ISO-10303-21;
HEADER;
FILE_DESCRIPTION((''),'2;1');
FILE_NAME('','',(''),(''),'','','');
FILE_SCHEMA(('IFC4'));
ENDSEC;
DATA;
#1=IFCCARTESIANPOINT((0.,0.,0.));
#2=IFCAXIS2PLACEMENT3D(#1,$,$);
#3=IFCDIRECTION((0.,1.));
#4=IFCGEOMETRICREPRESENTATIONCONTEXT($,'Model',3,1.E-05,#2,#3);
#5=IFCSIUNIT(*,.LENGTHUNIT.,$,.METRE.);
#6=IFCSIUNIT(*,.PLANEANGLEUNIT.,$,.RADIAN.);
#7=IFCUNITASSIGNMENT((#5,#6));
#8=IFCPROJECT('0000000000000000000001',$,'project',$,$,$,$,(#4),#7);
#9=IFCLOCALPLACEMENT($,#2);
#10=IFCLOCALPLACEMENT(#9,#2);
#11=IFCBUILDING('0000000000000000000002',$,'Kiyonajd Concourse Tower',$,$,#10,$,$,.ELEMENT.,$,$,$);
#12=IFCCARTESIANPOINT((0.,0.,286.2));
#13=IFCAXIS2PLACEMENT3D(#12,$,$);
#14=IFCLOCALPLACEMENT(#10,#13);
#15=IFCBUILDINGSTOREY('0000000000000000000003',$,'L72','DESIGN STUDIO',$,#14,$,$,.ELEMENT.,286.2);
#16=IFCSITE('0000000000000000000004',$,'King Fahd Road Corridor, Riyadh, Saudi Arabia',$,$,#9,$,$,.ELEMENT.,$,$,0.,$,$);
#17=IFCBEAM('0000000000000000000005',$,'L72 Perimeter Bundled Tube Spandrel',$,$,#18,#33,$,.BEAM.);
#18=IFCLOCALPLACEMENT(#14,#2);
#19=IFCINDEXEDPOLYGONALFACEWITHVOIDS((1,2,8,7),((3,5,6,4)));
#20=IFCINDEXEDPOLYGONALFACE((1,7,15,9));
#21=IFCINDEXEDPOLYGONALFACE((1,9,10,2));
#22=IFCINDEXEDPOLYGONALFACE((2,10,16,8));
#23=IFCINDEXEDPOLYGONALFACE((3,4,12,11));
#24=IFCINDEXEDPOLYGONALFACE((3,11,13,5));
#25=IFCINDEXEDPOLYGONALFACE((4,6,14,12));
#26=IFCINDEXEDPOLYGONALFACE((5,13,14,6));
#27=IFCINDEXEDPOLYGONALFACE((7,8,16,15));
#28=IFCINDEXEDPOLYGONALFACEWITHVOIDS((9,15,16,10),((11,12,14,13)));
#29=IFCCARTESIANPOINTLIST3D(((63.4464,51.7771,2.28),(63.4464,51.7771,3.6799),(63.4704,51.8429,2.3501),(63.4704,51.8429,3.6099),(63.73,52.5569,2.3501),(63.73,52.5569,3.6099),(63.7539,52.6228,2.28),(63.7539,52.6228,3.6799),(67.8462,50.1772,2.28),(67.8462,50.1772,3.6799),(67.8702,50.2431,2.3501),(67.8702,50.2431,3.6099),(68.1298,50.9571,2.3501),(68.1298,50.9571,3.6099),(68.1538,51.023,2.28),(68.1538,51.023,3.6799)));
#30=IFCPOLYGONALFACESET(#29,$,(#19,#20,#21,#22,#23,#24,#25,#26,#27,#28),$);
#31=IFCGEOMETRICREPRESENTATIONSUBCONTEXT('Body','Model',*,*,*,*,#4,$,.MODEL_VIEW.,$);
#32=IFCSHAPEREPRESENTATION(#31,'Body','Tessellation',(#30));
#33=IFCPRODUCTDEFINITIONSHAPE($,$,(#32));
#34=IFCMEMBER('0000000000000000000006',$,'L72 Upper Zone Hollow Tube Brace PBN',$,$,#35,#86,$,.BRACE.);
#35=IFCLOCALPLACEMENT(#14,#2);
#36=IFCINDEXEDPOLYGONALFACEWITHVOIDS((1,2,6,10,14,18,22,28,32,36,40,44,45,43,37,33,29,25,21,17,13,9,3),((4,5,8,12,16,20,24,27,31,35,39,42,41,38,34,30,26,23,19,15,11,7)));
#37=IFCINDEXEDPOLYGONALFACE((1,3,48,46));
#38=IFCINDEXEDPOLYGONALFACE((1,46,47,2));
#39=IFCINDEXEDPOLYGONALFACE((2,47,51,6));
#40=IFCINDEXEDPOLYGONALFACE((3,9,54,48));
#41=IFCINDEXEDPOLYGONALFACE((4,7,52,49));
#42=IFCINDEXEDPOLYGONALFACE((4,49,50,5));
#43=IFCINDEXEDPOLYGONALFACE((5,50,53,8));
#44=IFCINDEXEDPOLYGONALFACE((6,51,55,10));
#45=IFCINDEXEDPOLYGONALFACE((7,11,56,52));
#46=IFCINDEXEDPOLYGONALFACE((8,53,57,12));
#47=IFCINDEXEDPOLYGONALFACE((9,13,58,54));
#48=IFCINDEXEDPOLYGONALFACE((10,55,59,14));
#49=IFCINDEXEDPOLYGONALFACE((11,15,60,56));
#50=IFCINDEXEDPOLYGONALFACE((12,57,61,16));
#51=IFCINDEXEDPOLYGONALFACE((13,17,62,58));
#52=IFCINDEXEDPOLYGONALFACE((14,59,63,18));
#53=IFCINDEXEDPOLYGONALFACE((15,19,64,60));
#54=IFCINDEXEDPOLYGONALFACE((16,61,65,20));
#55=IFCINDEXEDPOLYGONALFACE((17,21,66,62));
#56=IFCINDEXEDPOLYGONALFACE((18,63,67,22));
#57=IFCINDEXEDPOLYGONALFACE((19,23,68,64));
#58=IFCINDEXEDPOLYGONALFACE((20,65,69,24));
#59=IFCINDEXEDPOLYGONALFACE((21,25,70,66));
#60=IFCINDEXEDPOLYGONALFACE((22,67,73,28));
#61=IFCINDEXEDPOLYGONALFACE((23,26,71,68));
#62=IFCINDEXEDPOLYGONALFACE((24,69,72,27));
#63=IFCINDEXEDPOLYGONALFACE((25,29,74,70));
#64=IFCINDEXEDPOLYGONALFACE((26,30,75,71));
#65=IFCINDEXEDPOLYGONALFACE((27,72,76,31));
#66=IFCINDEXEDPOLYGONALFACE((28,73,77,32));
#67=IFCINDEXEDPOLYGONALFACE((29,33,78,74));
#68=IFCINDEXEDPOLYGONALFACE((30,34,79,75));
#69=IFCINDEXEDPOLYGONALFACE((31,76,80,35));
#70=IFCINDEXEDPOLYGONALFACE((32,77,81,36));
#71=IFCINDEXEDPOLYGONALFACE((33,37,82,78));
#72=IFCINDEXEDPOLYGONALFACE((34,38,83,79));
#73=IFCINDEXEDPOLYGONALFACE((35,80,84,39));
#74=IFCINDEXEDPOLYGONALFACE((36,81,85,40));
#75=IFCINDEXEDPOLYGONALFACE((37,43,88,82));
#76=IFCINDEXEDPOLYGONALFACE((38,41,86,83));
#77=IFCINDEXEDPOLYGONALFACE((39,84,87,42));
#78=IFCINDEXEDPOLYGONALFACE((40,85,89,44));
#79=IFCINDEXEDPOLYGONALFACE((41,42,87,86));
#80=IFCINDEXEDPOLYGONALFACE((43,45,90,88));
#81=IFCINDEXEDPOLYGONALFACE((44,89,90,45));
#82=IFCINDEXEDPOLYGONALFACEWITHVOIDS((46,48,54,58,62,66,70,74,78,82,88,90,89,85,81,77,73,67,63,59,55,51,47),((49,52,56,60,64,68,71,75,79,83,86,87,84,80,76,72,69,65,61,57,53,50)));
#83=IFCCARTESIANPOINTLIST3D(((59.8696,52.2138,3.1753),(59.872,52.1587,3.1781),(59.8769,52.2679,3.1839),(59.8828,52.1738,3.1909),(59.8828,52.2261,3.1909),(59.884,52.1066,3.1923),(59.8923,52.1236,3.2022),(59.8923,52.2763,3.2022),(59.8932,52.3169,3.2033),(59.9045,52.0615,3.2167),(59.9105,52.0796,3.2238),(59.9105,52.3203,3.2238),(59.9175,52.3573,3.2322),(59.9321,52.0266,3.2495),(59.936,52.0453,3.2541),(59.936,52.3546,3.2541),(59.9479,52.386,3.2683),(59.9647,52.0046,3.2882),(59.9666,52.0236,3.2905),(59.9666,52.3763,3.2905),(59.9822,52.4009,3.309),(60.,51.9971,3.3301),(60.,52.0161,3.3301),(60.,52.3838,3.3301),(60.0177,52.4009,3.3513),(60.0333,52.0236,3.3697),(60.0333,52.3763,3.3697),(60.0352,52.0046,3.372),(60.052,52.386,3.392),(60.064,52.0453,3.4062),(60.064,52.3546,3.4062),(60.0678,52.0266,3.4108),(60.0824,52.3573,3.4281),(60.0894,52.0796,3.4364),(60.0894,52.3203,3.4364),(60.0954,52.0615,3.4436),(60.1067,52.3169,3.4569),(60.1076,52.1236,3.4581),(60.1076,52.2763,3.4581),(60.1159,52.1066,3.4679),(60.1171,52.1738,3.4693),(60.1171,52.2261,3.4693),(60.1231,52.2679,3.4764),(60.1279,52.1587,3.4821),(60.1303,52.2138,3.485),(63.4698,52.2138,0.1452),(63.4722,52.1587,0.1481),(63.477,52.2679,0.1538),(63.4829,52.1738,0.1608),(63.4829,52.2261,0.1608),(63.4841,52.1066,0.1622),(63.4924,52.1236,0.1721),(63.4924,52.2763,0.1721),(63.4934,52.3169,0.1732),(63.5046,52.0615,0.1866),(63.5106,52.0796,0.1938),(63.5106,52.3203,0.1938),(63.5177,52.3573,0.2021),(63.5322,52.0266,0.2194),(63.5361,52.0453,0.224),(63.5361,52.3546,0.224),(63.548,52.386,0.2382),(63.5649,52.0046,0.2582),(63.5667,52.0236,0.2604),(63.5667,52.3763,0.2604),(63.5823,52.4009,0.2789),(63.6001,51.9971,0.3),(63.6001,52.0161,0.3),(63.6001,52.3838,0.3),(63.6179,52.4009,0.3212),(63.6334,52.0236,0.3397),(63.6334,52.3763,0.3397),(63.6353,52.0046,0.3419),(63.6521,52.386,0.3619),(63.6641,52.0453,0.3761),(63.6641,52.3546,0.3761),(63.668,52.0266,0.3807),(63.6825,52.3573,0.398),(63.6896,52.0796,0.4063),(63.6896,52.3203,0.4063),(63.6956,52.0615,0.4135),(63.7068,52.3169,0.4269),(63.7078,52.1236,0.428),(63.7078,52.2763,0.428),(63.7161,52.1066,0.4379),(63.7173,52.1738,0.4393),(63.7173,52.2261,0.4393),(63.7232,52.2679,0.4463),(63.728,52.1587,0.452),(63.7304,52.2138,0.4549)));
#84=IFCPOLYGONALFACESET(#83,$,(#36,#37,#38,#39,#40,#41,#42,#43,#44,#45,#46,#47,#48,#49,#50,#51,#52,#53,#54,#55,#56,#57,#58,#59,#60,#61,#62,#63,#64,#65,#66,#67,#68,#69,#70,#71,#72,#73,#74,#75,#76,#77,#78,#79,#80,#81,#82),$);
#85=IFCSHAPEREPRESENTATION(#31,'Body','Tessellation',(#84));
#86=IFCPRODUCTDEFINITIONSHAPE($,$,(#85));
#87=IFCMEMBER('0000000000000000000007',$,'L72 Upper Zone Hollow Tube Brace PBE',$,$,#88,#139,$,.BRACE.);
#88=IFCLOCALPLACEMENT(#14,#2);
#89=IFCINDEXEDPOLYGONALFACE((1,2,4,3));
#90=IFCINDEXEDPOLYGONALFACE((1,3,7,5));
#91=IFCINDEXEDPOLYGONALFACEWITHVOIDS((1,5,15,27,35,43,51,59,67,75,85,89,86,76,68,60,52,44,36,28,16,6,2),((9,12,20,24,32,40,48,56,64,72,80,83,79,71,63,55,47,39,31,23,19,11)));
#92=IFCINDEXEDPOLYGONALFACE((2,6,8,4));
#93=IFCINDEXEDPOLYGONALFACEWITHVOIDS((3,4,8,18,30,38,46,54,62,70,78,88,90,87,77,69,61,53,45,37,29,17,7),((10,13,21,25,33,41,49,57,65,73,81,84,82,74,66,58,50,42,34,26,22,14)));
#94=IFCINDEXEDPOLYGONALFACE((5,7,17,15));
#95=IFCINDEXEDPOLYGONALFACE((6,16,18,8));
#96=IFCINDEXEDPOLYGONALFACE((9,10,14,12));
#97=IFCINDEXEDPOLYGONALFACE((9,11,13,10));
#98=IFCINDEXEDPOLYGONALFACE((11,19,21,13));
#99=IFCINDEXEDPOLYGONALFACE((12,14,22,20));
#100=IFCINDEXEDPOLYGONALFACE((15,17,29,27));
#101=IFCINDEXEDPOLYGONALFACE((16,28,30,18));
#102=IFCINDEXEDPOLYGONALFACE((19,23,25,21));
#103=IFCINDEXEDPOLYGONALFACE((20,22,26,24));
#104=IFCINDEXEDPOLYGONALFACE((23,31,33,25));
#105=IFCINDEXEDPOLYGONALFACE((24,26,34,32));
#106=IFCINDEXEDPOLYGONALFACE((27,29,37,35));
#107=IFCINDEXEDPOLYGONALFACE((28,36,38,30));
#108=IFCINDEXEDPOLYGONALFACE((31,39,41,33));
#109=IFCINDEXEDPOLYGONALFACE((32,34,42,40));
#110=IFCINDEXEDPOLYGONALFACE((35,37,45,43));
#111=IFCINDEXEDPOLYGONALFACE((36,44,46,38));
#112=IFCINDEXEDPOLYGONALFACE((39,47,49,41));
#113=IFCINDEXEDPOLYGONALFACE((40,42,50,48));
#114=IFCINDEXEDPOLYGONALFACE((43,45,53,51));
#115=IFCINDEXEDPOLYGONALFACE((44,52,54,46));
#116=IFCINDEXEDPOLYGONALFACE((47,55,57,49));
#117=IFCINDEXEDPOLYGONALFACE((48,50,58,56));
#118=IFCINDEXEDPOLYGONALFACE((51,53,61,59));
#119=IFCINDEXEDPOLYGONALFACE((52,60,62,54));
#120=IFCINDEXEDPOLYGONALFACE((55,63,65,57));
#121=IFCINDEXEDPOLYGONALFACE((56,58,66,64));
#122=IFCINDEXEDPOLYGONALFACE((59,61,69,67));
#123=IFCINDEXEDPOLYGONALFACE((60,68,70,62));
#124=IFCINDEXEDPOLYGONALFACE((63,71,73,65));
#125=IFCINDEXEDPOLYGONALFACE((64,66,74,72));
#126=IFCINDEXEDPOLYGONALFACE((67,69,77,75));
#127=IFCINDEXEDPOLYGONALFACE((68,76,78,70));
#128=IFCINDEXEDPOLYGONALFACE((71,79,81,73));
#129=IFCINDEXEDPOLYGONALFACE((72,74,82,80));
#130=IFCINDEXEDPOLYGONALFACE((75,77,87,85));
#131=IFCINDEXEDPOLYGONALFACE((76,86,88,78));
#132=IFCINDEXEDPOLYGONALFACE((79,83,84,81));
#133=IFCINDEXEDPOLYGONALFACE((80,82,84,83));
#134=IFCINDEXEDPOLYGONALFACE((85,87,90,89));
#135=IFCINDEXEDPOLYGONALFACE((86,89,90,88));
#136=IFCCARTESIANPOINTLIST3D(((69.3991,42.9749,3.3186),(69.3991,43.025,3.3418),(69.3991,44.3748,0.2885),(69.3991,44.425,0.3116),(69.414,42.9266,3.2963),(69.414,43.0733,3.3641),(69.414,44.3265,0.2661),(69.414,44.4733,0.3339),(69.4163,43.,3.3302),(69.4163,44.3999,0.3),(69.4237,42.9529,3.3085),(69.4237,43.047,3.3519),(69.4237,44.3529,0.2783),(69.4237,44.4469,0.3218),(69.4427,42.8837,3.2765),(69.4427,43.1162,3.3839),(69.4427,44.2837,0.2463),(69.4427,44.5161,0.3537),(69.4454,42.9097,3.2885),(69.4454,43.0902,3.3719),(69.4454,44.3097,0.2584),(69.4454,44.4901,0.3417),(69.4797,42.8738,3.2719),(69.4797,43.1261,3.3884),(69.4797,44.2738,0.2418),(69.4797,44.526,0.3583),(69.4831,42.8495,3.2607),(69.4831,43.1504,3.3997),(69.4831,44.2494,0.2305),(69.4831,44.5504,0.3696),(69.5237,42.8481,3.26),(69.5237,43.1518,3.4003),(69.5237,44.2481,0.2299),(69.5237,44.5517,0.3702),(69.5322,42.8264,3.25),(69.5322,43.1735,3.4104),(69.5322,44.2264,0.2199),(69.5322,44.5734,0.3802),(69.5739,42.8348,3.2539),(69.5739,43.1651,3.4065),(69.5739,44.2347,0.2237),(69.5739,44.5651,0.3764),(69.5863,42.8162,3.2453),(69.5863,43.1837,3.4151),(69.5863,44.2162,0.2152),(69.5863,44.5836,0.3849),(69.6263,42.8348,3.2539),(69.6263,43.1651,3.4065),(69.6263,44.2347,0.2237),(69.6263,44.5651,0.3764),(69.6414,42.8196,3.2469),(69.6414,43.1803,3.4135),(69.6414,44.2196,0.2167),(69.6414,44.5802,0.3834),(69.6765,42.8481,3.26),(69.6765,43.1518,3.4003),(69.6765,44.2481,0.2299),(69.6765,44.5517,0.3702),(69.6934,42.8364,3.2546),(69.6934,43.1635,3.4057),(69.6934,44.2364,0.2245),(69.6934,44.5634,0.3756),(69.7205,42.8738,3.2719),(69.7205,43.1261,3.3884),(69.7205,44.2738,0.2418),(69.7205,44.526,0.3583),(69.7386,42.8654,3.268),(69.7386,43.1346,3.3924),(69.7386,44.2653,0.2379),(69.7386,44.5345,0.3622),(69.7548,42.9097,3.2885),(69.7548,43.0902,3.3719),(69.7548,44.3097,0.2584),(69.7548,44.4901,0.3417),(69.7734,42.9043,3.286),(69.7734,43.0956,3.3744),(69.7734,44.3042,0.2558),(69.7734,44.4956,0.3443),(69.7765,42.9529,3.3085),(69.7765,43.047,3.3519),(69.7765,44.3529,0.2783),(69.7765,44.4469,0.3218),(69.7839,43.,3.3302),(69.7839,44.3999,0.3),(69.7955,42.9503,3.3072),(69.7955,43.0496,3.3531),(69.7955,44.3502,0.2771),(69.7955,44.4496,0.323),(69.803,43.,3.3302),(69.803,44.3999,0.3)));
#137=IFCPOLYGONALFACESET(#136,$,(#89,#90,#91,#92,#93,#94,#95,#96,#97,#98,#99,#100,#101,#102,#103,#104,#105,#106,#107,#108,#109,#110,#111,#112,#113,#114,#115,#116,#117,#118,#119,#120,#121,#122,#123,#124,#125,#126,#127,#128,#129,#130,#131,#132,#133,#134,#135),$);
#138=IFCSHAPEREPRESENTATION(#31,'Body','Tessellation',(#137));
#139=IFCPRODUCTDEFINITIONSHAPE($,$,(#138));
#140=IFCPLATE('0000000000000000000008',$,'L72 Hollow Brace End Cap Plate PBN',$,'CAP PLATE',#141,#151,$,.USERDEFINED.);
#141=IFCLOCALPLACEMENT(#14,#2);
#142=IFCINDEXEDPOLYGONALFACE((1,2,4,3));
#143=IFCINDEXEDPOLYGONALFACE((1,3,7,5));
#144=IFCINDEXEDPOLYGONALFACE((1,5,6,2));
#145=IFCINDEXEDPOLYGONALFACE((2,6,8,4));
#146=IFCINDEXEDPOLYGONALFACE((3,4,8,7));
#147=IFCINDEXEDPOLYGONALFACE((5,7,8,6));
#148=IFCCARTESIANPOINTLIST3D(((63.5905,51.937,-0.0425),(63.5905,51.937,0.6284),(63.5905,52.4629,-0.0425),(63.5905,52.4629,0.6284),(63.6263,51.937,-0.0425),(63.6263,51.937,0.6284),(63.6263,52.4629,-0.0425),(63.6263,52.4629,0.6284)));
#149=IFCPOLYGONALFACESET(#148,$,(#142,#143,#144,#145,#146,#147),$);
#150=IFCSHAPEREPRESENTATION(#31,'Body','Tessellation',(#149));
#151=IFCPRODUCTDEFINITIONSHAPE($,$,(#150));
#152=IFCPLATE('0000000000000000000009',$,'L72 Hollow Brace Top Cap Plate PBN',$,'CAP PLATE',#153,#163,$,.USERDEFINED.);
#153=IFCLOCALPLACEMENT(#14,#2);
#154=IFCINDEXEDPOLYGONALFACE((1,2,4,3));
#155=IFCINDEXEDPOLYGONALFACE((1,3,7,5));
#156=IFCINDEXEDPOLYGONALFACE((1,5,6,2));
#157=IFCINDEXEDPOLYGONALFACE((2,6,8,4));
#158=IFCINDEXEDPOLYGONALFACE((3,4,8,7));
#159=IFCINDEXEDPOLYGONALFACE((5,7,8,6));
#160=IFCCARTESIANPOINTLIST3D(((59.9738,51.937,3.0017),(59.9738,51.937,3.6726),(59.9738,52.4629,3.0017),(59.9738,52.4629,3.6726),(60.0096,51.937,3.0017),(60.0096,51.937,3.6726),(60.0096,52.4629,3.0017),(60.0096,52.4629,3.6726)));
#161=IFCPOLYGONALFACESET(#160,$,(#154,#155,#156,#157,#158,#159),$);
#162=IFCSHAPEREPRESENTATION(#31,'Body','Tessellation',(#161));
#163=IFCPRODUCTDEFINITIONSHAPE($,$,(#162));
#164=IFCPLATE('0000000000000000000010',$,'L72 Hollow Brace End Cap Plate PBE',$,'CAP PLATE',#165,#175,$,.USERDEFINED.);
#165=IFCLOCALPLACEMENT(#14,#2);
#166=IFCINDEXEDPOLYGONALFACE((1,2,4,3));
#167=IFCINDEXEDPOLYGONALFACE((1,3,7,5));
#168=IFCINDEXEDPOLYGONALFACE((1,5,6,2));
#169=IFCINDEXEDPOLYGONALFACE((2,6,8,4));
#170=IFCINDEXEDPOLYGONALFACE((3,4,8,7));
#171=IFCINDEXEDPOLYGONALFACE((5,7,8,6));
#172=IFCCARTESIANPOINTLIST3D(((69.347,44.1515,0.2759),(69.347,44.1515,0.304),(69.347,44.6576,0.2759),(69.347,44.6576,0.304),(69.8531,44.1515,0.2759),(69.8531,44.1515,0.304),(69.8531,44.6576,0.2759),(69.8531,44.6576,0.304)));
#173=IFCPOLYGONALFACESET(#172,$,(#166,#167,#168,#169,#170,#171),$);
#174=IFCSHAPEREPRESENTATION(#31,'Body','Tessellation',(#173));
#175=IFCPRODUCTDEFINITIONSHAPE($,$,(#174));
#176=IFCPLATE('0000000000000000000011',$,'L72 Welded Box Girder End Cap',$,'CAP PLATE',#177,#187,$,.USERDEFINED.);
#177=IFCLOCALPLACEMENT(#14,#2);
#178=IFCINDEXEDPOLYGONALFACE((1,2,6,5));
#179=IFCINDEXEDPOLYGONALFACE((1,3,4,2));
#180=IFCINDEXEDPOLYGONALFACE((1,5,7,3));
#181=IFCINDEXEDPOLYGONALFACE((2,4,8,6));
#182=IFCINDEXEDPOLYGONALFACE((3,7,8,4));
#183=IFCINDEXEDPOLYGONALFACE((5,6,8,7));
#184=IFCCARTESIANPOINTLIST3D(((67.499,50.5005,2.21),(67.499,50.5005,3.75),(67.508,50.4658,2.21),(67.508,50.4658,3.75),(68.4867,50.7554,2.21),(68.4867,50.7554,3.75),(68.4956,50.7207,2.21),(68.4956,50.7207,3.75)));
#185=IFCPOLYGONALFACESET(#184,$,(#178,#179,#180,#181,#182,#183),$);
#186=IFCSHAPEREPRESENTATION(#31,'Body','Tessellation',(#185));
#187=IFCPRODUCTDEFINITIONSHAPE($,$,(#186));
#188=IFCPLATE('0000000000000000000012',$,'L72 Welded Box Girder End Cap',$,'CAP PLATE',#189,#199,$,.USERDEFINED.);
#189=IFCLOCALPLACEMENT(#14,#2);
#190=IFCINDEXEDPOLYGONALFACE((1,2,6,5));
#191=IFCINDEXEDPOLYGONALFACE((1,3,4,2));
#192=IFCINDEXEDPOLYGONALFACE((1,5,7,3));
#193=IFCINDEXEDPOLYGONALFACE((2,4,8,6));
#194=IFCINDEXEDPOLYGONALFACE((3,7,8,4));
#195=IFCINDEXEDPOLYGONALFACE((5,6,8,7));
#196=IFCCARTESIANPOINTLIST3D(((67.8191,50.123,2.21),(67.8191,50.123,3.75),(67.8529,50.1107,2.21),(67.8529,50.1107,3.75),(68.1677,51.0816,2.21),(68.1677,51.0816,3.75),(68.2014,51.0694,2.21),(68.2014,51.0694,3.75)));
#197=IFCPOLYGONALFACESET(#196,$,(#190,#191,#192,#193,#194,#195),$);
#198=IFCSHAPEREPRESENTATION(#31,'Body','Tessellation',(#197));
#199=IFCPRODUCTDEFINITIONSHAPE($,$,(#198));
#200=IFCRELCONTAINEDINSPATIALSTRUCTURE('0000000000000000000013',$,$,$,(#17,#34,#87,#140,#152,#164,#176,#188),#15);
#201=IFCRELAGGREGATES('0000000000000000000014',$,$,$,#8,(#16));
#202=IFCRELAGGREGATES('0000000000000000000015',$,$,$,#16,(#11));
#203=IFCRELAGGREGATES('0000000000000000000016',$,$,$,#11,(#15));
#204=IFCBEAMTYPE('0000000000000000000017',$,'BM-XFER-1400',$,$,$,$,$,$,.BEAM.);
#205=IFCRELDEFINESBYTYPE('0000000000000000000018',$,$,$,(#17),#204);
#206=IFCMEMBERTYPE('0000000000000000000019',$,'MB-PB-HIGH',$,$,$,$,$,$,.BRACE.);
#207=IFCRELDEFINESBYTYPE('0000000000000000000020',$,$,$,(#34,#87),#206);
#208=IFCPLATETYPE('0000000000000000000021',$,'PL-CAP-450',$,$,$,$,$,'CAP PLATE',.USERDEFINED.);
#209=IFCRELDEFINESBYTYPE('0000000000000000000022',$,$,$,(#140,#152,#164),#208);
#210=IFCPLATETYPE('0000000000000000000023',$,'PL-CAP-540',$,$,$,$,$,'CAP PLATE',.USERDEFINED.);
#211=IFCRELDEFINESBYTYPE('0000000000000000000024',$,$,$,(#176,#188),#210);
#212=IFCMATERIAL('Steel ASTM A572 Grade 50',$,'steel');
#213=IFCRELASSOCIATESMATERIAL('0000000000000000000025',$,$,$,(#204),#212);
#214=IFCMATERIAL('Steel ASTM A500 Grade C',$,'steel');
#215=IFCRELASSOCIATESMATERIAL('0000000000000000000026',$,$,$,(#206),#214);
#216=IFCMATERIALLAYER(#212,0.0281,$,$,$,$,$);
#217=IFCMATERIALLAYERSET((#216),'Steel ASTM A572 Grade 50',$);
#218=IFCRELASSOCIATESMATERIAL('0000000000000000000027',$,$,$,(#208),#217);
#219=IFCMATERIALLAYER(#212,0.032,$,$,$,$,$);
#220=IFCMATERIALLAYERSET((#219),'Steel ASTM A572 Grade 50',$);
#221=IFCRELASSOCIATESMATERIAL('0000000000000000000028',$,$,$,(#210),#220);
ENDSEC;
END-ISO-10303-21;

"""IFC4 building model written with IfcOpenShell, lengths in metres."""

from ifc_helpers import new_model, si_unit, direction, frame, origin, origin_2d, place, context, subcontext, project, spatial, rectangle, hollow_rectangle, hollow_circle, extrude, material, layer, layer_set, material_profile, profile_set, type_object, element, save


model = new_model("IFC4")

# Units and contexts
model_context = context("Model", 3, precision=1e-05, world=origin(), true_north=direction((0.0, 1.0)))
body_context = subcontext(model_context, "Body", "Model", "MODEL_VIEW")
ifc_project = project(units=[si_unit("LENGTHUNIT", "METRE"), si_unit("PLANEANGLEUNIT", "RADIAN")], contexts=[model_context])

# Site, building, storey
site_placement = place(None, origin())
site = spatial("IfcSite", under=ifc_project, at=site_placement, Name="King Fahd Road Corridor, Riyadh, Saudi Arabia", CompositionType="ELEMENT", RefElevation=0.0)
building_placement = place(site_placement, origin())
building = spatial("IfcBuilding", under=site, at=building_placement, Name="Kiyonajd Concourse Tower", CompositionType="ELEMENT")
storey_placement = place(building_placement, frame((0.0, 0.0, 286.2)))
storey = spatial("IfcBuildingStorey", under=building, at=storey_placement, Name="L72", Description="DESIGN STUDIO", CompositionType="ELEMENT", Elevation=286.2)

# Beam
ifc_material_1 = material(Name="Steel ASTM A572 Grade 50", Category="steel")
ifc_material_profile_1 = material_profile(ifc_material_1, hollow_rectangle(XDim=0.8999, YDim=1.3999, WallThickness=0.0701, at=origin_2d()), Name="BOX-1400x900x70")
ifc_profile_set_1 = profile_set([ifc_material_profile_1], Name="Steel ASTM A572 Grade 50")
beam_type_1 = type_object("IfcBeamType", Name="BM-XFER-1400", PredefinedType="BEAM", material=ifc_profile_set_1)
beam_1_placement = place(storey_placement, frame((68.0, 50.6001, 2.98), z_axis=(-0.939801, 0.341722, 0.0), x_axis=(-0.341722, -0.939801, 0.0)))
element("IfcBeam", 1, at=beam_1_placement, inside=storey, type_object=beam_type_1, Name="L72 Perimeter Bundled Tube Spandrel", PredefinedType="BEAM", context=body_context, shape_type="SweptSolid", body=[
    extrude(hollow_rectangle(XDim=0.8999, YDim=1.3999, WallThickness=0.0701, at=origin_2d()), origin(), (0.0, 0.0, 1.0), 4.6816),
])

# Members
ifc_material_2 = material(Name="Steel ASTM A500 Grade C", Category="steel")
ifc_material_profile_2 = material_profile(ifc_material_2, hollow_circle(Radius=0.2029, WallThickness=0.019, at=origin_2d()), Name="CHS-406x19")
ifc_profile_set_2 = profile_set([ifc_material_profile_2], Name="Steel ASTM A500 Grade C")
member_type = type_object("IfcMemberType", Name="MB-PB-HIGH", PredefinedType="BRACE", material=ifc_profile_set_2)
member_1_placement = place(storey_placement, frame((63.6001, 52.2, 0.3), z_axis=(-0.765082, 0.0, 0.643933), x_axis=(0.0, -1.0, 0.0)))
element("IfcMember", 2, at=member_1_placement, inside=storey, type_object=member_type, Name="L72 Upper Zone Hollow Tube Brace PBN", PredefinedType="BRACE", context=body_context, shape_type="SweptSolid", body=[
    extrude(hollow_circle(Radius=0.2029, WallThickness=0.019, at=origin_2d()), origin(), (0.0, 0.0, 1.0), 4.7056),
])
member_2_placement = place(storey_placement, frame((69.6001, 44.3999, 0.3), z_axis=(0.0, -0.419411, 0.907797), x_axis=(1.0, 0.0, 0.0)))
element("IfcMember", 3, at=member_2_placement, inside=storey, type_object=member_type, Name="L72 Upper Zone Hollow Tube Brace PBE", PredefinedType="BRACE", context=body_context, shape_type="SweptSolid", body=[
    extrude(hollow_circle(Radius=0.2029, WallThickness=0.019, at=origin_2d()), origin(), (0.0, 0.0, 1.0), 3.3379),
])

# Plates
ifc_layer_1 = layer(ifc_material_1, 0.0281)
ifc_layer_set_1 = layer_set([ifc_layer_1], Name="Steel ASTM A572 Grade 50")
plate_type_1 = type_object("IfcPlateType", Name="PL-CAP-450", ElementType="CAP PLATE", PredefinedType="USERDEFINED", material=ifc_layer_set_1)
for number, where, z_axis, x_axis, name in (
    (4, (63.6084, 52.2, -0.0425), (0.0, 0.0, 1.0), (1.0, 0.0, 0.0), "L72 Hollow Brace End Cap Plate PBN"),
    (5, (59.9917, 52.2, 3.0017), (0.0, 0.0, 1.0), (-1.0, 0.0, 0.0), "L72 Hollow Brace Top Cap Plate PBN"),
):
    element("IfcPlate", number, at=place(storey_placement, frame(where, z_axis=z_axis, x_axis=x_axis)), inside=storey, type_object=plate_type_1, Name=name, ObjectType="CAP PLATE", PredefinedType="USERDEFINED", context=body_context, shape_type="SweptSolid", body=[
        extrude(rectangle(XDim=0.0359, YDim=0.5259, at=origin_2d()), origin(), (0.0, 0.0, 1.0), 0.6709),
    ])
plate_placement = place(storey_placement, frame((69.6001, 44.4045, 0.2759), z_axis=(0.0, 0.0, 1.0), x_axis=(1.0, 0.0, 0.0)))
element("IfcPlate", 6, at=plate_placement, inside=storey, type_object=plate_type_1, Name="L72 Hollow Brace End Cap Plate PBE", ObjectType="CAP PLATE", PredefinedType="USERDEFINED", context=body_context, shape_type="SweptSolid", body=[
    extrude(rectangle(XDim=0.5061, YDim=0.5061, at=origin_2d()), origin(), (0.0, 0.0, 1.0), 0.0281),
])
ifc_layer_2 = layer(ifc_material_1, 0.032)
ifc_layer_set_2 = layer_set([ifc_layer_2], Name="Steel ASTM A572 Grade 50")
plate_type_2 = type_object("IfcPlateType", Name="PL-CAP-540", ElementType="CAP PLATE", PredefinedType="USERDEFINED", material=ifc_layer_set_2)
for number, where, z_axis, x_axis, name in (
    (7, (67.9973, 50.6106, 2.21), (0.0, 0.0, 1.0), (-0.249873, 0.968279, 0.0), "L72 Welded Box Girder End Cap"),
    (8, (68.0103, 50.5962, 2.21), (0.0, 0.0, 1.0), (0.939812, -0.341692, 0.0), "L72 Welded Box Girder End Cap"),
):
    element("IfcPlate", number, at=place(storey_placement, frame(where, z_axis=z_axis, x_axis=x_axis)), inside=storey, type_object=plate_type_2, Name=name, ObjectType="CAP PLATE", PredefinedType="USERDEFINED", context=body_context, shape_type="SweptSolid", body=[
        extrude(rectangle(XDim=0.0359, YDim=1.02, at=origin_2d()), origin(), (0.0, 0.0, 1.0), 1.54),
    ])

save(model, "model.ifc")
